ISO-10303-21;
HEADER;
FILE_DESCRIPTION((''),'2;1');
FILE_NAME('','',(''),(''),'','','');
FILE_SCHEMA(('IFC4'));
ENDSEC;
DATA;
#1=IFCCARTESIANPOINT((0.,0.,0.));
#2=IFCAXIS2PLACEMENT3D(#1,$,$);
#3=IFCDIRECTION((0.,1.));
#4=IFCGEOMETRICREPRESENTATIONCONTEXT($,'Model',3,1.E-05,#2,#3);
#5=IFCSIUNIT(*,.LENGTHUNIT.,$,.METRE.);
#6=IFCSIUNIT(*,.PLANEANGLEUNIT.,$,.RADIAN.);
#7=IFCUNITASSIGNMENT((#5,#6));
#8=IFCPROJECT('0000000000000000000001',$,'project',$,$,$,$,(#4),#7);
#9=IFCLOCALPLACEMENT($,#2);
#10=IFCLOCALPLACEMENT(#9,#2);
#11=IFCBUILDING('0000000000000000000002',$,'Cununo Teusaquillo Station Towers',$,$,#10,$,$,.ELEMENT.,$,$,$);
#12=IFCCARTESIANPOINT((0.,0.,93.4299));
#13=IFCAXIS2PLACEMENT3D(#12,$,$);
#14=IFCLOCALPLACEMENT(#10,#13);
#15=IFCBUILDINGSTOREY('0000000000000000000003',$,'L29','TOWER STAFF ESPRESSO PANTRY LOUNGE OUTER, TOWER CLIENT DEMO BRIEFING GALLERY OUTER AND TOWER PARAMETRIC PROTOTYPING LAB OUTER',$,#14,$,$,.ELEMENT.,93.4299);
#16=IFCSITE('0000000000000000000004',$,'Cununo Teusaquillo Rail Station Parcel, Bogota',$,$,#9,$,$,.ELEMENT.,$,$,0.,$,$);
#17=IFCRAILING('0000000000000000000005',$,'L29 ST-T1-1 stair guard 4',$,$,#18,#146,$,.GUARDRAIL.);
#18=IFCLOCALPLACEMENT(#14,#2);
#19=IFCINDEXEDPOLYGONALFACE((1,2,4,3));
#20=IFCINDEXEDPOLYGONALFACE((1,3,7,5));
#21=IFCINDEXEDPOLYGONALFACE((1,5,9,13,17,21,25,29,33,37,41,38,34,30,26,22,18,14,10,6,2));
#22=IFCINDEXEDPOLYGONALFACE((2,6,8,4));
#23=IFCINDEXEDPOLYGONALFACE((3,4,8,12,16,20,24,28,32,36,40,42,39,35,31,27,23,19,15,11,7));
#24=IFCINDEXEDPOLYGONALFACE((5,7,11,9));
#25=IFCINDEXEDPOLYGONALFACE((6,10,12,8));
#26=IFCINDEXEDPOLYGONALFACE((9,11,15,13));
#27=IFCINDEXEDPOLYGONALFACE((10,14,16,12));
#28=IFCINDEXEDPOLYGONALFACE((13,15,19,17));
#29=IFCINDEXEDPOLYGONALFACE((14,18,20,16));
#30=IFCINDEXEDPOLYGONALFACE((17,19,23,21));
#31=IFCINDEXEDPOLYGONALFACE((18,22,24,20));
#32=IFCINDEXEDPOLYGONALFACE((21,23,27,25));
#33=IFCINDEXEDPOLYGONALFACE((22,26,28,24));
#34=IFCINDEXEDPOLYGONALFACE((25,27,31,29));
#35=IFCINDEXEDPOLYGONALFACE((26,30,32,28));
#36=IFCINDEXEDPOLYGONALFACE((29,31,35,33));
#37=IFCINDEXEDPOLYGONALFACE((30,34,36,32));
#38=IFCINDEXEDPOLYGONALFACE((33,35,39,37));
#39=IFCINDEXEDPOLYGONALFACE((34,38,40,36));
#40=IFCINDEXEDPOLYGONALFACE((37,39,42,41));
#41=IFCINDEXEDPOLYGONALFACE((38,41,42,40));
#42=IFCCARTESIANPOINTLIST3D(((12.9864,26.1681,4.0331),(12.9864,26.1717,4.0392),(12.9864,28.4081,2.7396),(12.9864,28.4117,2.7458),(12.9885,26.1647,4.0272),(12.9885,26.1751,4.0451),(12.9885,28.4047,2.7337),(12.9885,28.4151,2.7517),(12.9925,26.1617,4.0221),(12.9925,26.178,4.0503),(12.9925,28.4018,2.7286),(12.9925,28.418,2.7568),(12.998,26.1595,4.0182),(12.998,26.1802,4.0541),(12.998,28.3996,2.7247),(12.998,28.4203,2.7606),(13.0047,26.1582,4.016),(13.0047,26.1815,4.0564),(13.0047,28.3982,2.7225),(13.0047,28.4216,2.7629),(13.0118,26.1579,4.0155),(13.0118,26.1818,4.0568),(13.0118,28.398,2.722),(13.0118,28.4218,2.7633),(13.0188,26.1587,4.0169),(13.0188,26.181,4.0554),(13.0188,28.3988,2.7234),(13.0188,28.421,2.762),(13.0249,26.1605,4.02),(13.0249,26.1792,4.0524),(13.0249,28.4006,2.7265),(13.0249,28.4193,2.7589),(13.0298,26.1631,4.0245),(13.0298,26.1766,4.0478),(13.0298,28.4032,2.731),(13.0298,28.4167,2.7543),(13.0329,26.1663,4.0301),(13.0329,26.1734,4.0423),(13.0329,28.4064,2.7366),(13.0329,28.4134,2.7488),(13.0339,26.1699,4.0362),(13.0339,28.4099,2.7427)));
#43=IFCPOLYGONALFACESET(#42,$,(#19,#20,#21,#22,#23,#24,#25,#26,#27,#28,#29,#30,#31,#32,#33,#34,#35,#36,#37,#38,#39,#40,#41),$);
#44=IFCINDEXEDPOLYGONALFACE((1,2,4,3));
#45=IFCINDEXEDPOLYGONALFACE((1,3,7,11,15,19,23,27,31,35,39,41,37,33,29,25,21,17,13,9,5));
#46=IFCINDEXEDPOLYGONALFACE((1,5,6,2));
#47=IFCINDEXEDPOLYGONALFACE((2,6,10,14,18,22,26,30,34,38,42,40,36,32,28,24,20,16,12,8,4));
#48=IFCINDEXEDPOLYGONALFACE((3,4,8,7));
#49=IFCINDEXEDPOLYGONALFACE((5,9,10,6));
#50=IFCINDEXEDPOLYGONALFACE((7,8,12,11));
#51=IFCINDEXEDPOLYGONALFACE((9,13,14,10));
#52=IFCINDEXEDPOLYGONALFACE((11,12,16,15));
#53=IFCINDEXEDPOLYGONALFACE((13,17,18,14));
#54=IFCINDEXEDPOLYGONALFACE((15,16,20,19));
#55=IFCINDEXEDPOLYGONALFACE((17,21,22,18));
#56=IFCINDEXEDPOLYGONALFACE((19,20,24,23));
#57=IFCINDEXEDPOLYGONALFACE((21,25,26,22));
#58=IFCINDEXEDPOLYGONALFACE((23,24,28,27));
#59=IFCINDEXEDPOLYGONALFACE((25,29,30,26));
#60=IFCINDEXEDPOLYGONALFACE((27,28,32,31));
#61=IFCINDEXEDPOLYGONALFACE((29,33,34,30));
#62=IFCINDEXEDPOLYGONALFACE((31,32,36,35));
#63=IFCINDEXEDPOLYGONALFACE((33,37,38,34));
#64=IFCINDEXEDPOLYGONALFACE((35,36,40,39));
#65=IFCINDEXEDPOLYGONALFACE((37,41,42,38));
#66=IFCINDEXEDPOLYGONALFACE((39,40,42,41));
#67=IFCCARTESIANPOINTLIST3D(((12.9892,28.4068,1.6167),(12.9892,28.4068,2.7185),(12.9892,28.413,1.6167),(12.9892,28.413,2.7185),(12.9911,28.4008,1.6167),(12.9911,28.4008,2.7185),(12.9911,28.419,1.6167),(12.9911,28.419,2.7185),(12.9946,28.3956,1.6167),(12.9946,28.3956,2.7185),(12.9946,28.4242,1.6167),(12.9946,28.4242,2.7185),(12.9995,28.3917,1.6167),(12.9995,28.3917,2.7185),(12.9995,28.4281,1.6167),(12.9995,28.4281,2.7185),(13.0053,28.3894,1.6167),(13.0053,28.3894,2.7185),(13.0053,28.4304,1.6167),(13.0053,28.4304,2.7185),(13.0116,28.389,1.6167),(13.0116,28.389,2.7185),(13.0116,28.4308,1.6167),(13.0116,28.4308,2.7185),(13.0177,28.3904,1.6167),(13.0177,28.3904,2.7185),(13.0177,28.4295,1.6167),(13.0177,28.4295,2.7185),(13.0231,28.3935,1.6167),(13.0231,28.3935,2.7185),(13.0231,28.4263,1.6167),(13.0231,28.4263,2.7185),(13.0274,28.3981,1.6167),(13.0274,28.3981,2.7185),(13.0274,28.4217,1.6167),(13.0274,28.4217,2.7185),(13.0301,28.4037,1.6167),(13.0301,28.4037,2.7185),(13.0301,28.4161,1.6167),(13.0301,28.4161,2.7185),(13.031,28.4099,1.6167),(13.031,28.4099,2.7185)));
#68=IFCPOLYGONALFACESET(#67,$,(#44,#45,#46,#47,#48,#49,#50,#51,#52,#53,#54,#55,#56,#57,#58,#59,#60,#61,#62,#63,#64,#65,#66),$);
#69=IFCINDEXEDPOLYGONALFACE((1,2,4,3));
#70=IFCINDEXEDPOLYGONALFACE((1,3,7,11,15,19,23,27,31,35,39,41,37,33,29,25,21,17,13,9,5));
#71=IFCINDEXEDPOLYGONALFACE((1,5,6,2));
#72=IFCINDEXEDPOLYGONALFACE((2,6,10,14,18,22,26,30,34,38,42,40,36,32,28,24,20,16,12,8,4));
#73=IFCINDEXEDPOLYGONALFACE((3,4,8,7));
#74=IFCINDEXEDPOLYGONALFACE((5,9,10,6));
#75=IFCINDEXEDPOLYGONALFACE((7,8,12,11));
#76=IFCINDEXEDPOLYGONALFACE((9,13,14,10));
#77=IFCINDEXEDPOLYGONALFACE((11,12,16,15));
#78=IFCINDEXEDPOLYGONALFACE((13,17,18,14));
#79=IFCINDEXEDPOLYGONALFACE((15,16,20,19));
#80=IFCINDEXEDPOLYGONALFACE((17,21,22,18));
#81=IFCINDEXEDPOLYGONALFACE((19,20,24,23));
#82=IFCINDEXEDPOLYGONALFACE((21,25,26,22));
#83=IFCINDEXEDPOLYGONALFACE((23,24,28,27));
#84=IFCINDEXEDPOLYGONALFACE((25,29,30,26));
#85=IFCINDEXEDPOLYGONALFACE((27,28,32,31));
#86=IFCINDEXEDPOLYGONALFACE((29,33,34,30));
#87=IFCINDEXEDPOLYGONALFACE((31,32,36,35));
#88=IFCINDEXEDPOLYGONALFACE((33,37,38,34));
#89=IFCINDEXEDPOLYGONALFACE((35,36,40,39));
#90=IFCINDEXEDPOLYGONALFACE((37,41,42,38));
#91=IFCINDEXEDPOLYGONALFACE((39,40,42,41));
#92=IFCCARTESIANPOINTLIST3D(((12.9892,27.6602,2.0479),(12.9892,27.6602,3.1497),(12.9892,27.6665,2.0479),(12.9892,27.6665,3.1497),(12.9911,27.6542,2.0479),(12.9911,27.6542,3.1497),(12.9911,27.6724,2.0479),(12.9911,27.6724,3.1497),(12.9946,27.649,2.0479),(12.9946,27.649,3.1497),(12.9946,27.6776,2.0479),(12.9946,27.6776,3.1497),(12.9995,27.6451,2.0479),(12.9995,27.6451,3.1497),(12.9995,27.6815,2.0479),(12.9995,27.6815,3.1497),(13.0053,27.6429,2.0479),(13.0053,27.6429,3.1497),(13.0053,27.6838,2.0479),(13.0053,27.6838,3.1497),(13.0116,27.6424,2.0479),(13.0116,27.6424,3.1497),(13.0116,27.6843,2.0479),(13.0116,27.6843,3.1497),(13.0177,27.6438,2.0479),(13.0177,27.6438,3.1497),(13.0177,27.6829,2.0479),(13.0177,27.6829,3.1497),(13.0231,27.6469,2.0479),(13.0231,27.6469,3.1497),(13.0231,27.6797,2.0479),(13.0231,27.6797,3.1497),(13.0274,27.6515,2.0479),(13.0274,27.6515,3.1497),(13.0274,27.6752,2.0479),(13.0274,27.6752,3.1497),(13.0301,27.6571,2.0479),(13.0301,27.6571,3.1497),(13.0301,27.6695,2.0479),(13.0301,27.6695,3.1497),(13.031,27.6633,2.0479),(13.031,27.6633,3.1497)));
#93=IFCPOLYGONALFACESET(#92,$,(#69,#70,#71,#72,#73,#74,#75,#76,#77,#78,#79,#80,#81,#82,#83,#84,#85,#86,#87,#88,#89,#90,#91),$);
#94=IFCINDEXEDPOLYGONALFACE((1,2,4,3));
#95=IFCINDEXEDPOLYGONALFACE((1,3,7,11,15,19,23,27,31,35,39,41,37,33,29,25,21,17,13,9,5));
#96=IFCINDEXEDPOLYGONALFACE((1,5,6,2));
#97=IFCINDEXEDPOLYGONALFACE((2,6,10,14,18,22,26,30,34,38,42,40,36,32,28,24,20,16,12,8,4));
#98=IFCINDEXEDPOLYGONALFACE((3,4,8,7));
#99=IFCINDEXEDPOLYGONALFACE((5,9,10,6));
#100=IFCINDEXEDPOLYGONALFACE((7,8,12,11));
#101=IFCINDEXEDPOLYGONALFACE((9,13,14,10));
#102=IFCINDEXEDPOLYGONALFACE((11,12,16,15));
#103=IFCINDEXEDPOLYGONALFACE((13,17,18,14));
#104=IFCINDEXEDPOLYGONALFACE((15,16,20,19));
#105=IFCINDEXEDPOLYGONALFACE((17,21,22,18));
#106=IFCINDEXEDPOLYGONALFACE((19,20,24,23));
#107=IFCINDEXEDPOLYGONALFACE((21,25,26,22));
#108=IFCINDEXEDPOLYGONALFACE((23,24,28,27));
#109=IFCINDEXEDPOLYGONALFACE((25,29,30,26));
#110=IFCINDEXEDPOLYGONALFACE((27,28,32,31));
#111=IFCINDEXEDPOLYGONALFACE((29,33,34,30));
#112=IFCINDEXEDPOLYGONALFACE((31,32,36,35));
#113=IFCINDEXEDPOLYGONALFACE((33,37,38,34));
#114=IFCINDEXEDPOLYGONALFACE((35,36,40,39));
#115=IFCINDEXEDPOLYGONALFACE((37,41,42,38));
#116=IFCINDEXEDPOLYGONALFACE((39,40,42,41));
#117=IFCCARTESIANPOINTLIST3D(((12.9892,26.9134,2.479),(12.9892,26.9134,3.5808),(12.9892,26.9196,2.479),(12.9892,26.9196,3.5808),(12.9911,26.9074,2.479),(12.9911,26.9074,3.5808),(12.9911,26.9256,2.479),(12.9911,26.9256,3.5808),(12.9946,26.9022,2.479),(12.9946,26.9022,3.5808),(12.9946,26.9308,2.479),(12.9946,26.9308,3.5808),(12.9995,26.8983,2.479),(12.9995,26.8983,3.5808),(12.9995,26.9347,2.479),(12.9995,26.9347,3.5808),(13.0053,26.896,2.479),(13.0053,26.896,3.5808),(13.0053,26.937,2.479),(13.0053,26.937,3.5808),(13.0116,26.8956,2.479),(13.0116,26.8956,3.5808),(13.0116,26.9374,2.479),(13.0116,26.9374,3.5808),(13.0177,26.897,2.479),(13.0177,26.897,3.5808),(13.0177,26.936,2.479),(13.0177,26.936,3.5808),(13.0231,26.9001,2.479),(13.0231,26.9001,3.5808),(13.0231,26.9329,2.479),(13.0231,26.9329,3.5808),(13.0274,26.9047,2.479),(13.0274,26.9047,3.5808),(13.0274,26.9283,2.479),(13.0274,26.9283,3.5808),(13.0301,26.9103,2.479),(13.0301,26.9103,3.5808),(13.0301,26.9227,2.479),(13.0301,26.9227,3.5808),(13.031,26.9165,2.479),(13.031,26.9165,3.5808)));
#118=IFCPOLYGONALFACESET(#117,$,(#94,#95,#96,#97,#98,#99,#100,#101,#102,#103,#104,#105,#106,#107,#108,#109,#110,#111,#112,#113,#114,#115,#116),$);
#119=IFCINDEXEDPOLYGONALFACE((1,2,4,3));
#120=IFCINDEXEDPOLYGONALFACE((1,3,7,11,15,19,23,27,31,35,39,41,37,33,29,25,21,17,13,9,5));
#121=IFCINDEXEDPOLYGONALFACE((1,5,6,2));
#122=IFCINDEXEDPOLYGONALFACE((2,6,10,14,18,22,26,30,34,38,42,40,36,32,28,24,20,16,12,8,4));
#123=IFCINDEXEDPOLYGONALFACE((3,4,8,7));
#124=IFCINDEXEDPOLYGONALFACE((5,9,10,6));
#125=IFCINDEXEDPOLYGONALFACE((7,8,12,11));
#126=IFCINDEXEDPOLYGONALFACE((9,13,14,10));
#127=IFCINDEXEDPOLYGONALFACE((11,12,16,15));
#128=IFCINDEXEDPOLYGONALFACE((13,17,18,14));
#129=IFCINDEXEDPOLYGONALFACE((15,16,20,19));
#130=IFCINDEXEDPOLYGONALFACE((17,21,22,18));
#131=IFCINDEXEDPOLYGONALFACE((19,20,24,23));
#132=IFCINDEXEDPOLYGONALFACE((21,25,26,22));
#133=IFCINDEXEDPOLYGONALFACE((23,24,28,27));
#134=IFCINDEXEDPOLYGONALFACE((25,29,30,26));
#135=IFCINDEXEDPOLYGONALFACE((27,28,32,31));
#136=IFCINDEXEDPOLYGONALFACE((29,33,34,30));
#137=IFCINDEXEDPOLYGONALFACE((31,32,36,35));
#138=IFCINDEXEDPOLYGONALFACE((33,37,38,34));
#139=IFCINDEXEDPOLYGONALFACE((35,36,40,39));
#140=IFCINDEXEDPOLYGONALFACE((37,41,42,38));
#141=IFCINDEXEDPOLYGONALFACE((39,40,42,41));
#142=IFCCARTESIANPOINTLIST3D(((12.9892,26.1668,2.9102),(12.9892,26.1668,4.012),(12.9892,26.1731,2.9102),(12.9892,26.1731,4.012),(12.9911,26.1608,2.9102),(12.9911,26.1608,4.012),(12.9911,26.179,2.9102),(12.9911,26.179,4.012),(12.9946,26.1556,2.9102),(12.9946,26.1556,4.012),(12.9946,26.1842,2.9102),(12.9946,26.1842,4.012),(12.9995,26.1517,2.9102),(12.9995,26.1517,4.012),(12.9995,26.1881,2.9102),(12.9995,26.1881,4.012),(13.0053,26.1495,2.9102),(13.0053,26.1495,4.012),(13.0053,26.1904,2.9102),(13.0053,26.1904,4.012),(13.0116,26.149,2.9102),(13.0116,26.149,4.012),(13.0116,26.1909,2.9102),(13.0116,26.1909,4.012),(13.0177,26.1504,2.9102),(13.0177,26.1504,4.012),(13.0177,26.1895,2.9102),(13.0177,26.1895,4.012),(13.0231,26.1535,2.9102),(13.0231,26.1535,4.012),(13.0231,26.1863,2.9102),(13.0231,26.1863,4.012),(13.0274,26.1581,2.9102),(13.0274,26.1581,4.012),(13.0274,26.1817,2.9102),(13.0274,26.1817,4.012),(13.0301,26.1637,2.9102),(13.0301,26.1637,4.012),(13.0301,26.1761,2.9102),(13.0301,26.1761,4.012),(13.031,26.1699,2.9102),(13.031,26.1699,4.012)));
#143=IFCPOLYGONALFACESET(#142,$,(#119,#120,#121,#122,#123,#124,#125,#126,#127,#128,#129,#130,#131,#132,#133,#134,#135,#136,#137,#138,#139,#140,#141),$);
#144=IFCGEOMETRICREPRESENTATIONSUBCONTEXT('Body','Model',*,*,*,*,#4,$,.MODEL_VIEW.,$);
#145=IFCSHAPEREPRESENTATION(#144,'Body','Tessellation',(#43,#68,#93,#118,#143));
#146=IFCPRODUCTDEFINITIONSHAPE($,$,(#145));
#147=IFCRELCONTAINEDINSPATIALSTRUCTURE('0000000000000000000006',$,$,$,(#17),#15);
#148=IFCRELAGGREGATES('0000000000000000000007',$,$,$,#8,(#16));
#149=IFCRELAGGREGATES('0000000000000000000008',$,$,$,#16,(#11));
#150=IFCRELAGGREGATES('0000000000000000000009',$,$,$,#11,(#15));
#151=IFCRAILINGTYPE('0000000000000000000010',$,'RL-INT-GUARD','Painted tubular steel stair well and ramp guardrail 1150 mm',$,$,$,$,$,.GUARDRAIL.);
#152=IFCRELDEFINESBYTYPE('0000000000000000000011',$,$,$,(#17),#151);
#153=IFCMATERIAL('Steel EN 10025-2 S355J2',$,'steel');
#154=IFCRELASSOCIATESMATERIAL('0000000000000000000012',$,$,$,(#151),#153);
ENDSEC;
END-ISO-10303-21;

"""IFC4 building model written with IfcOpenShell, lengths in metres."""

from ifc_helpers import new_model, si_unit, direction, frame, origin, origin_2d, place, context, subcontext, project, spatial, circle, extrude, material, type_object, element, save


model = new_model("IFC4")

# Units and contexts
model_context = context("Model", 3, precision=1e-05, world=origin(), true_north=direction((0.0, 1.0)))
body_context = subcontext(model_context, "Body", "Model", "MODEL_VIEW")
ifc_project = project(units=[si_unit("LENGTHUNIT", "METRE"), si_unit("PLANEANGLEUNIT", "RADIAN")], contexts=[model_context])

# Site, building, storey
site_placement = place(None, origin())
site = spatial("IfcSite", under=ifc_project, at=site_placement, Name="Cununo Teusaquillo Rail Station Parcel, Bogota", CompositionType="ELEMENT", RefElevation=0.0)
building_placement = place(site_placement, origin())
building = spatial("IfcBuilding", under=site, at=building_placement, Name="Cununo Teusaquillo Station Towers", CompositionType="ELEMENT")
storey_placement = place(building_placement, frame((0.0, 0.0, 93.4299)))
storey = spatial("IfcBuildingStorey", under=building, at=storey_placement, Name="L29", Description="TOWER STAFF ESPRESSO PANTRY LOUNGE OUTER, TOWER CLIENT DEMO BRIEFING GALLERY OUTER AND TOWER PARAMETRIC PROTOTYPING LAB OUTER", CompositionType="ELEMENT", Elevation=93.4299)

# Railing
ifc_material_1 = material(Name="Steel EN 10025-2 S355J2", Category="steel")
railing_type_1 = type_object("IfcRailingType", Name="RL-INT-GUARD", Description="Painted tubular steel stair well and ramp guardrail 1150 mm", PredefinedType="GUARDRAIL", material=ifc_material_1)
railing_1_placement = place(storey_placement, frame((13.01, 28.4099, 1.6167)))
element("IfcRailing", 1, at=railing_1_placement, inside=storey, type_object=railing_type_1, Name="L29 ST-T1-1 stair guard 4", PredefinedType="GUARDRAIL", context=body_context, shape_type="SweptSolid", body=[
    extrude(circle(Radius=0.0239, at=origin_2d()), frame((0.0, 0.0, 1.126), z_axis=(0.0, -0.865992, 0.500057), x_axis=(1.0, 0.0, 0.0)), (0.0, 0.0, 1.0), 2.5867),
    extrude(circle(Radius=0.021, at=origin_2d()), origin(), (0.0, 0.0, 1.0), 1.1018),
    extrude(circle(Radius=0.021, at=origin_2d()), frame((0.0, -0.7466, 0.4312)), (0.0, 0.0, 1.0), 1.1018),
    extrude(circle(Radius=0.021, at=origin_2d()), frame((0.0, -1.4934, 0.8623)), (0.0, 0.0, 1.0), 1.1018),
    extrude(circle(Radius=0.021, at=origin_2d()), frame((0.0, -2.24, 1.2935)), (0.0, 0.0, 1.0), 1.1018),
])

save(model, "model.ifc")
